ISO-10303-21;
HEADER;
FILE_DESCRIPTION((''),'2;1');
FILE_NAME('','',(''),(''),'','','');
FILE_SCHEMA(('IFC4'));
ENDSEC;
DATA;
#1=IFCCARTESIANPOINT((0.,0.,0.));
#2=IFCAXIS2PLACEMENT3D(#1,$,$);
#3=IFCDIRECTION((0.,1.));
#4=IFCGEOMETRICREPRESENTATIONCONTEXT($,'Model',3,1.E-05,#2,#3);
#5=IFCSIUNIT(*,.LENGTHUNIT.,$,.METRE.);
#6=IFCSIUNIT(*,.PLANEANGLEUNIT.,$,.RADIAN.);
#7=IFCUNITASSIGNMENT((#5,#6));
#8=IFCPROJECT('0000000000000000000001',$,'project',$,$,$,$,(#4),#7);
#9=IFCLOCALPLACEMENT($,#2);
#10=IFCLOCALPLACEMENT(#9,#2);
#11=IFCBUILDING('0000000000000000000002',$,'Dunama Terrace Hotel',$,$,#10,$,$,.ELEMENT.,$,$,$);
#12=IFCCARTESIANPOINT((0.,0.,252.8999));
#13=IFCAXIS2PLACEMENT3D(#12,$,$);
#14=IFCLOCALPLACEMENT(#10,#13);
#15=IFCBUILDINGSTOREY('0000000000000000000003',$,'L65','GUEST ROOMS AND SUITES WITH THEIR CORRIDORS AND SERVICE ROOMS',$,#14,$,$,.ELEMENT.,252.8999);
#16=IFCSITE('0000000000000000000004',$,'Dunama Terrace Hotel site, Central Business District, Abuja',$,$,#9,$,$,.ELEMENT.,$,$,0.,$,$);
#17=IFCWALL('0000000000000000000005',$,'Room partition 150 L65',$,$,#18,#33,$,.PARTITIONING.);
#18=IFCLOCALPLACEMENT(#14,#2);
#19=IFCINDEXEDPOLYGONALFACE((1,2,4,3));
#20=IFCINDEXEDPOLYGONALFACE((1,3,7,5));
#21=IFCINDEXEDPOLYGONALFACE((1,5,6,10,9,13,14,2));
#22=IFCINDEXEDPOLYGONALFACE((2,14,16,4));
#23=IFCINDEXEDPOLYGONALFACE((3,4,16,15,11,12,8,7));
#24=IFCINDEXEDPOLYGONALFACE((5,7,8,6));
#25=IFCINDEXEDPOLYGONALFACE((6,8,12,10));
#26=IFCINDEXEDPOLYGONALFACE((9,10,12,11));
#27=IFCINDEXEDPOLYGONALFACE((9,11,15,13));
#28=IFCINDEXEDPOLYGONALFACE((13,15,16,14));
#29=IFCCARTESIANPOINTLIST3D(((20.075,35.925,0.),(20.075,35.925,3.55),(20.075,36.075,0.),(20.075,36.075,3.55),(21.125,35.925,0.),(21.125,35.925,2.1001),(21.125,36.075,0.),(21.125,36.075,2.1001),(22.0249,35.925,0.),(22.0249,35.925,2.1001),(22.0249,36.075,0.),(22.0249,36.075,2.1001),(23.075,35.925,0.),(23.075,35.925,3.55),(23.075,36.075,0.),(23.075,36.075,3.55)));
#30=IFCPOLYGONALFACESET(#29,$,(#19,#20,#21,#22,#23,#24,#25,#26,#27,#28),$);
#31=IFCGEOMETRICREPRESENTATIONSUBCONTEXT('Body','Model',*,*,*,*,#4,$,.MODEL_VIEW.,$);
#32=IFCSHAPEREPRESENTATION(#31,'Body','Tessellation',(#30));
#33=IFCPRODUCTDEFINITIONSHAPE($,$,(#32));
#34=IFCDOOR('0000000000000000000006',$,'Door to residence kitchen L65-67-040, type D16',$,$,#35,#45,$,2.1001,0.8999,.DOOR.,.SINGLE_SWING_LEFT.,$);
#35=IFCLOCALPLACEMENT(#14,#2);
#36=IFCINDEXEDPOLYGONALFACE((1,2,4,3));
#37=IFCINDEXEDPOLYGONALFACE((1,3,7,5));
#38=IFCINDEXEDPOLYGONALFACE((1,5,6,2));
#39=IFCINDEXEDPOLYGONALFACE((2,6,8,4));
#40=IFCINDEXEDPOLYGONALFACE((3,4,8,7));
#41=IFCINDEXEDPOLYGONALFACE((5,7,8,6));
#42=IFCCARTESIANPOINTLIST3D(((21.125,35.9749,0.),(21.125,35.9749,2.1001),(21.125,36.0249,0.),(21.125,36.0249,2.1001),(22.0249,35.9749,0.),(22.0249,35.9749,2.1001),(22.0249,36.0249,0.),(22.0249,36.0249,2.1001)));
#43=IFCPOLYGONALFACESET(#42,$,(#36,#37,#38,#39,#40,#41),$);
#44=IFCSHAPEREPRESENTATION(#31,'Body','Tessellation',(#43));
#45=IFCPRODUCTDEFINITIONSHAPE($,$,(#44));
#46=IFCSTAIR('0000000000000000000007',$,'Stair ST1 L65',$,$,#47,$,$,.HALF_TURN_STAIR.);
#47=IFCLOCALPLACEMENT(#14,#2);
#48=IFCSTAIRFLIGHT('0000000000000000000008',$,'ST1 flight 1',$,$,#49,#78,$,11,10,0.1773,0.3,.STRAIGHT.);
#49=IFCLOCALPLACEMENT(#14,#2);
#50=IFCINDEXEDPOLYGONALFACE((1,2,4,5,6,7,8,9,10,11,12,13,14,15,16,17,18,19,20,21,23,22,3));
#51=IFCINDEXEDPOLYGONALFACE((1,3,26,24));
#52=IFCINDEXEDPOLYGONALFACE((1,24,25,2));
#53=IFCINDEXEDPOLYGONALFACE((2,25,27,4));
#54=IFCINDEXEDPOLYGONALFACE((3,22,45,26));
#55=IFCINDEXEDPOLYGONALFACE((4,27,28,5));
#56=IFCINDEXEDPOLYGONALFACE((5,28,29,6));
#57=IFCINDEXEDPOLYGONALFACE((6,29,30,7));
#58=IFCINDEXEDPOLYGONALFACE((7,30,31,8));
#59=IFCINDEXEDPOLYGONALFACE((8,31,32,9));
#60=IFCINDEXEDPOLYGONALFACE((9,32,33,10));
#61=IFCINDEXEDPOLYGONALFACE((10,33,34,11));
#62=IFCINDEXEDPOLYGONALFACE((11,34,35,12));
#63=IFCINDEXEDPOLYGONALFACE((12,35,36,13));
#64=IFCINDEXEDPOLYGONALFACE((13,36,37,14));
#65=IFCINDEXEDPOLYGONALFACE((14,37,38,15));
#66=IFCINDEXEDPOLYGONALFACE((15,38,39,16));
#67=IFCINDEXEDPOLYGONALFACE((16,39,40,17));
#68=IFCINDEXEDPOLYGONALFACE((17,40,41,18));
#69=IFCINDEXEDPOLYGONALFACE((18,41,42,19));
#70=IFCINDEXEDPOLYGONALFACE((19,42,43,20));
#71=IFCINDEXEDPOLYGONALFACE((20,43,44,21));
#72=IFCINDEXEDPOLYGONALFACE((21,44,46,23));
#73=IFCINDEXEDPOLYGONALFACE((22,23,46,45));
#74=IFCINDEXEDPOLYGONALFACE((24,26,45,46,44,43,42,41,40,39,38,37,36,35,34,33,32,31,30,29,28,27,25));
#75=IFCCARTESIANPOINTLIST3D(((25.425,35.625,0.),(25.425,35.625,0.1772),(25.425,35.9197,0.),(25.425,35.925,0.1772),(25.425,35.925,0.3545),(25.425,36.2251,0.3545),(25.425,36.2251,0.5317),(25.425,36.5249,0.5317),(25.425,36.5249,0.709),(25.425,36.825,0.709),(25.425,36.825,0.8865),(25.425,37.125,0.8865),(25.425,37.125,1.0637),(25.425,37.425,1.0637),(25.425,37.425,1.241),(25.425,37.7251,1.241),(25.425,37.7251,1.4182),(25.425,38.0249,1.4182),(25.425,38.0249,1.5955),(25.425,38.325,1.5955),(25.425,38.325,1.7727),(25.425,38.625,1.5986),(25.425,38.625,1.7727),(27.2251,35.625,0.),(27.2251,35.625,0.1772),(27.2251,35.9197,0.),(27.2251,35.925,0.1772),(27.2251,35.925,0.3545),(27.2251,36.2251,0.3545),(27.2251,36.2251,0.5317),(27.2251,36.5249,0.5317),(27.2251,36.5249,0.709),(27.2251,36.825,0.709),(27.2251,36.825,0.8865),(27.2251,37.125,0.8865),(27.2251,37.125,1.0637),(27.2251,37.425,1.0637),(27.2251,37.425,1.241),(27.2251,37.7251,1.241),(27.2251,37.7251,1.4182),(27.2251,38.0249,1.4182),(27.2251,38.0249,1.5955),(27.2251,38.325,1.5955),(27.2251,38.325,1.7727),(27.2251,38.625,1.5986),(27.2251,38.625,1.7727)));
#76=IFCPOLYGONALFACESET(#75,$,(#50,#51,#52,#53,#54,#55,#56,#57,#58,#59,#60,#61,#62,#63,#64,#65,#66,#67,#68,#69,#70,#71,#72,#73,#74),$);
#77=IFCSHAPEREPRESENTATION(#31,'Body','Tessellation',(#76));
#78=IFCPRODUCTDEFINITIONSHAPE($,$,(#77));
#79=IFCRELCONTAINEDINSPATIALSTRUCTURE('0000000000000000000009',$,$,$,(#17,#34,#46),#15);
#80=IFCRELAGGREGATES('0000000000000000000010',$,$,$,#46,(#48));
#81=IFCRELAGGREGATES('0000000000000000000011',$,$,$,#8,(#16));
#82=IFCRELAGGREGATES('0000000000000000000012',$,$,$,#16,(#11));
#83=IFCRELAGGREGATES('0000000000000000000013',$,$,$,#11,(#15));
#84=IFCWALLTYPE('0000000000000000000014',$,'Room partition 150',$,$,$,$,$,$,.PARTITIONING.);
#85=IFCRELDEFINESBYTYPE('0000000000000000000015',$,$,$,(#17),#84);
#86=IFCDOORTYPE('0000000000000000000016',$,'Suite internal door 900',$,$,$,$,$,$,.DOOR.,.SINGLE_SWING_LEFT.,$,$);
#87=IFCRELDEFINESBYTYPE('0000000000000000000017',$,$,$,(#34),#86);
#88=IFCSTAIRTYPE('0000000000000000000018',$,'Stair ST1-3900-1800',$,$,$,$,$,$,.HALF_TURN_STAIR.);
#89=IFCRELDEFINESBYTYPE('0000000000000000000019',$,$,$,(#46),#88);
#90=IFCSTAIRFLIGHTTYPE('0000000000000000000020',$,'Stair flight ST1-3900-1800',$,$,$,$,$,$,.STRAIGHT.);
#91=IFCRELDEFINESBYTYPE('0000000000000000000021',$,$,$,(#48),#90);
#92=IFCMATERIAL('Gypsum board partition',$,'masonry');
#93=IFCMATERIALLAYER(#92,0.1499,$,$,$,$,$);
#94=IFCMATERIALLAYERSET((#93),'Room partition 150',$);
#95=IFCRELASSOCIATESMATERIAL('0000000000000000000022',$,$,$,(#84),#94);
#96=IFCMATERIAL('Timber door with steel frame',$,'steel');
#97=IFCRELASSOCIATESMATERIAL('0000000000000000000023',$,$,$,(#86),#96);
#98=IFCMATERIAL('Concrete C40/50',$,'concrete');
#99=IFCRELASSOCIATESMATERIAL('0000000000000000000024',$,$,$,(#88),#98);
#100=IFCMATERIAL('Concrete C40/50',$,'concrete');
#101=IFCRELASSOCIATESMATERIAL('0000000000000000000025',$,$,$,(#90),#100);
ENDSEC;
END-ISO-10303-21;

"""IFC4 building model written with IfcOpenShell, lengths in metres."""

from ifc_helpers import new_model, si_unit, direction, frame, frame_2d, origin, place, context, subcontext, project, spatial, polyline, rectangle, outline, extrude, material, layer, layer_set, type_object, element, fill, aggregate, save


model = new_model("IFC4")

# Units and contexts
model_context = context("Model", 3, precision=1e-05, world=origin(), true_north=direction((0.0, 1.0)))
body_context = subcontext(model_context, "Body", "Model", "MODEL_VIEW")
ifc_project = project(units=[si_unit("LENGTHUNIT", "METRE"), si_unit("PLANEANGLEUNIT", "RADIAN")], contexts=[model_context])

# Site, building, storey
site_placement = place(None, origin())
site = spatial("IfcSite", under=ifc_project, at=site_placement, Name="Dunama Terrace Hotel site, Central Business District, Abuja", CompositionType="ELEMENT", RefElevation=0.0)
building_placement = place(site_placement, origin())
building = spatial("IfcBuilding", under=site, at=building_placement, Name="Dunama Terrace Hotel", CompositionType="ELEMENT")
storey_placement = place(building_placement, frame((0.0, 0.0, 252.8999)))
storey = spatial("IfcBuildingStorey", under=building, at=storey_placement, Name="L65", Description="GUEST ROOMS AND SUITES WITH THEIR CORRIDORS AND SERVICE ROOMS", CompositionType="ELEMENT", Elevation=252.8999)

# Shared definitions
ifc_material_1 = material(Name="Gypsum board partition", Category="masonry")
ifc_layer_1 = layer(ifc_material_1, 0.1499)
ifc_layer_set_1 = layer_set([ifc_layer_1], Name="Room partition 150")
wall_type_1 = type_object("IfcWallType", Name="Room partition 150", PredefinedType="PARTITIONING", material=ifc_layer_set_1)

# Wall, opening, door
ifc_material_2 = material(Name="Timber door with steel frame", Category="steel")
door_type_1 = type_object("IfcDoorType", Name="Suite internal door 900", OperationType="SINGLE_SWING_LEFT", PredefinedType="DOOR", material=ifc_material_2)
wall_1_placement = place(storey_placement, frame((20.075, 36.0, 0.0), z_axis=(0.0, 0.0, 1.0), x_axis=(1.0, 0.0, 0.0)))
wall_1 = element("IfcWall", 1, at=wall_1_placement, inside=storey, type_object=wall_type_1, Name="Room partition 150 L65", PredefinedType="PARTITIONING", context=body_context, shape_type="SweptSolid", body=[
    extrude(rectangle(XDim=3.0, YDim=0.1499, at=frame_2d((1.5, 0.0))), origin(), (0.0, 0.0, 1.0), 3.55),
])
opening_1_placement = place(wall_1_placement, frame((1.05, 0.0, 0.0)))
opening_1 = element("IfcOpeningElement", 2, at=opening_1_placement, cuts=wall_1, PredefinedType="OPENING", context=body_context, shape_type="SweptSolid", body=[
    extrude(rectangle(XDim=0.8999, YDim=2.1001, at=frame_2d((0.45, 1.05))), frame((0.0, 0.085, 0.0), z_axis=(0.0, -1.0, 0.0), x_axis=(1.0, 0.0, 0.0)), (0.0, 0.0, 1.0), 0.1699),
])
door_1_placement = place(opening_1_placement, frame((0.8999, 0.0, 0.0), z_axis=(0.0, 0.0, 1.0), x_axis=(-1.0, 0.0, 0.0)))
door_1 = element("IfcDoor", 3, at=door_1_placement, inside=storey, type_object=door_type_1, Name="Door to residence kitchen L65-67-040, type D16", OperationType="SINGLE_SWING_LEFT", OverallHeight=2.1001, OverallWidth=0.8999, PredefinedType="DOOR", context=body_context, shape_type="SweptSolid", body=[
    extrude(rectangle(XDim=0.8999, YDim=2.1001, at=frame_2d((0.45, 1.05))), frame((0.0, 0.0251, 0.0), z_axis=(0.0, -1.0, 0.0), x_axis=(1.0, 0.0, 0.0)), (0.0, 0.0, 1.0), 0.05),
])
fill(opening_1, door_1)

# Stair, stair flight
ifc_material_3 = material(Name="Concrete C40/50", Category="concrete")
stair_type = type_object("IfcStairType", Name="Stair ST1-3900-1800", PredefinedType="HALF_TURN_STAIR", material=ifc_material_3)
stair_placement = place(storey_placement, origin())
stair = element("IfcStair", 4, at=stair_placement, inside=storey, type_object=stair_type, Name="Stair ST1 L65", PredefinedType="HALF_TURN_STAIR")
ifc_material_4 = material(Name="Concrete C40/50", Category="concrete")
stair_flight_type = type_object("IfcStairFlightType", Name="Stair flight ST1-3900-1800", PredefinedType="STRAIGHT", material=ifc_material_4)
stair_flight_placement = place(storey_placement, frame((26.325, 35.625, 0.0), z_axis=(0.0, 0.0, 1.0), x_axis=(0.0, 1.0, 0.0)))
stair_flight = element("IfcStairFlight", 5, at=stair_flight_placement, type_object=stair_flight_type, Name="ST1 flight 1", NumberOfRisers=11, NumberOfTreads=10, PredefinedType="STRAIGHT", RiserHeight=0.1773, TreadLength=0.3, context=body_context, shape_type="SweptSolid", body=[
    extrude(outline(polyline([(0.0, 0.0), (0.0, 0.1772), (0.3, 0.1772), (0.3, 0.3545), (0.6001, 0.3545), (0.6001, 0.5317), (0.8999, 0.5317), (0.8999, 0.709), (1.2, 0.709), (1.2, 0.8865), (1.5, 0.8865), (1.5, 1.0637), (1.8, 1.0637), (1.8, 1.241), (2.1001, 1.241), (2.1001, 1.4182), (2.3999, 1.4182), (2.3999, 1.5955), (2.7, 1.5955), (2.7, 1.7727), (3.0, 1.7727), (3.0, 1.95), (3.0, 1.5986), (0.2947, 0.0), (0.0, 0.0)])), frame((0.0, 0.8999, 0.0), z_axis=(0.0, -1.0, 0.0), x_axis=(1.0, 0.0, 0.0)), (0.0, 0.0, 1.0), 1.8),
])
aggregate(stair, [stair_flight])

save(model, "model.ifc")
